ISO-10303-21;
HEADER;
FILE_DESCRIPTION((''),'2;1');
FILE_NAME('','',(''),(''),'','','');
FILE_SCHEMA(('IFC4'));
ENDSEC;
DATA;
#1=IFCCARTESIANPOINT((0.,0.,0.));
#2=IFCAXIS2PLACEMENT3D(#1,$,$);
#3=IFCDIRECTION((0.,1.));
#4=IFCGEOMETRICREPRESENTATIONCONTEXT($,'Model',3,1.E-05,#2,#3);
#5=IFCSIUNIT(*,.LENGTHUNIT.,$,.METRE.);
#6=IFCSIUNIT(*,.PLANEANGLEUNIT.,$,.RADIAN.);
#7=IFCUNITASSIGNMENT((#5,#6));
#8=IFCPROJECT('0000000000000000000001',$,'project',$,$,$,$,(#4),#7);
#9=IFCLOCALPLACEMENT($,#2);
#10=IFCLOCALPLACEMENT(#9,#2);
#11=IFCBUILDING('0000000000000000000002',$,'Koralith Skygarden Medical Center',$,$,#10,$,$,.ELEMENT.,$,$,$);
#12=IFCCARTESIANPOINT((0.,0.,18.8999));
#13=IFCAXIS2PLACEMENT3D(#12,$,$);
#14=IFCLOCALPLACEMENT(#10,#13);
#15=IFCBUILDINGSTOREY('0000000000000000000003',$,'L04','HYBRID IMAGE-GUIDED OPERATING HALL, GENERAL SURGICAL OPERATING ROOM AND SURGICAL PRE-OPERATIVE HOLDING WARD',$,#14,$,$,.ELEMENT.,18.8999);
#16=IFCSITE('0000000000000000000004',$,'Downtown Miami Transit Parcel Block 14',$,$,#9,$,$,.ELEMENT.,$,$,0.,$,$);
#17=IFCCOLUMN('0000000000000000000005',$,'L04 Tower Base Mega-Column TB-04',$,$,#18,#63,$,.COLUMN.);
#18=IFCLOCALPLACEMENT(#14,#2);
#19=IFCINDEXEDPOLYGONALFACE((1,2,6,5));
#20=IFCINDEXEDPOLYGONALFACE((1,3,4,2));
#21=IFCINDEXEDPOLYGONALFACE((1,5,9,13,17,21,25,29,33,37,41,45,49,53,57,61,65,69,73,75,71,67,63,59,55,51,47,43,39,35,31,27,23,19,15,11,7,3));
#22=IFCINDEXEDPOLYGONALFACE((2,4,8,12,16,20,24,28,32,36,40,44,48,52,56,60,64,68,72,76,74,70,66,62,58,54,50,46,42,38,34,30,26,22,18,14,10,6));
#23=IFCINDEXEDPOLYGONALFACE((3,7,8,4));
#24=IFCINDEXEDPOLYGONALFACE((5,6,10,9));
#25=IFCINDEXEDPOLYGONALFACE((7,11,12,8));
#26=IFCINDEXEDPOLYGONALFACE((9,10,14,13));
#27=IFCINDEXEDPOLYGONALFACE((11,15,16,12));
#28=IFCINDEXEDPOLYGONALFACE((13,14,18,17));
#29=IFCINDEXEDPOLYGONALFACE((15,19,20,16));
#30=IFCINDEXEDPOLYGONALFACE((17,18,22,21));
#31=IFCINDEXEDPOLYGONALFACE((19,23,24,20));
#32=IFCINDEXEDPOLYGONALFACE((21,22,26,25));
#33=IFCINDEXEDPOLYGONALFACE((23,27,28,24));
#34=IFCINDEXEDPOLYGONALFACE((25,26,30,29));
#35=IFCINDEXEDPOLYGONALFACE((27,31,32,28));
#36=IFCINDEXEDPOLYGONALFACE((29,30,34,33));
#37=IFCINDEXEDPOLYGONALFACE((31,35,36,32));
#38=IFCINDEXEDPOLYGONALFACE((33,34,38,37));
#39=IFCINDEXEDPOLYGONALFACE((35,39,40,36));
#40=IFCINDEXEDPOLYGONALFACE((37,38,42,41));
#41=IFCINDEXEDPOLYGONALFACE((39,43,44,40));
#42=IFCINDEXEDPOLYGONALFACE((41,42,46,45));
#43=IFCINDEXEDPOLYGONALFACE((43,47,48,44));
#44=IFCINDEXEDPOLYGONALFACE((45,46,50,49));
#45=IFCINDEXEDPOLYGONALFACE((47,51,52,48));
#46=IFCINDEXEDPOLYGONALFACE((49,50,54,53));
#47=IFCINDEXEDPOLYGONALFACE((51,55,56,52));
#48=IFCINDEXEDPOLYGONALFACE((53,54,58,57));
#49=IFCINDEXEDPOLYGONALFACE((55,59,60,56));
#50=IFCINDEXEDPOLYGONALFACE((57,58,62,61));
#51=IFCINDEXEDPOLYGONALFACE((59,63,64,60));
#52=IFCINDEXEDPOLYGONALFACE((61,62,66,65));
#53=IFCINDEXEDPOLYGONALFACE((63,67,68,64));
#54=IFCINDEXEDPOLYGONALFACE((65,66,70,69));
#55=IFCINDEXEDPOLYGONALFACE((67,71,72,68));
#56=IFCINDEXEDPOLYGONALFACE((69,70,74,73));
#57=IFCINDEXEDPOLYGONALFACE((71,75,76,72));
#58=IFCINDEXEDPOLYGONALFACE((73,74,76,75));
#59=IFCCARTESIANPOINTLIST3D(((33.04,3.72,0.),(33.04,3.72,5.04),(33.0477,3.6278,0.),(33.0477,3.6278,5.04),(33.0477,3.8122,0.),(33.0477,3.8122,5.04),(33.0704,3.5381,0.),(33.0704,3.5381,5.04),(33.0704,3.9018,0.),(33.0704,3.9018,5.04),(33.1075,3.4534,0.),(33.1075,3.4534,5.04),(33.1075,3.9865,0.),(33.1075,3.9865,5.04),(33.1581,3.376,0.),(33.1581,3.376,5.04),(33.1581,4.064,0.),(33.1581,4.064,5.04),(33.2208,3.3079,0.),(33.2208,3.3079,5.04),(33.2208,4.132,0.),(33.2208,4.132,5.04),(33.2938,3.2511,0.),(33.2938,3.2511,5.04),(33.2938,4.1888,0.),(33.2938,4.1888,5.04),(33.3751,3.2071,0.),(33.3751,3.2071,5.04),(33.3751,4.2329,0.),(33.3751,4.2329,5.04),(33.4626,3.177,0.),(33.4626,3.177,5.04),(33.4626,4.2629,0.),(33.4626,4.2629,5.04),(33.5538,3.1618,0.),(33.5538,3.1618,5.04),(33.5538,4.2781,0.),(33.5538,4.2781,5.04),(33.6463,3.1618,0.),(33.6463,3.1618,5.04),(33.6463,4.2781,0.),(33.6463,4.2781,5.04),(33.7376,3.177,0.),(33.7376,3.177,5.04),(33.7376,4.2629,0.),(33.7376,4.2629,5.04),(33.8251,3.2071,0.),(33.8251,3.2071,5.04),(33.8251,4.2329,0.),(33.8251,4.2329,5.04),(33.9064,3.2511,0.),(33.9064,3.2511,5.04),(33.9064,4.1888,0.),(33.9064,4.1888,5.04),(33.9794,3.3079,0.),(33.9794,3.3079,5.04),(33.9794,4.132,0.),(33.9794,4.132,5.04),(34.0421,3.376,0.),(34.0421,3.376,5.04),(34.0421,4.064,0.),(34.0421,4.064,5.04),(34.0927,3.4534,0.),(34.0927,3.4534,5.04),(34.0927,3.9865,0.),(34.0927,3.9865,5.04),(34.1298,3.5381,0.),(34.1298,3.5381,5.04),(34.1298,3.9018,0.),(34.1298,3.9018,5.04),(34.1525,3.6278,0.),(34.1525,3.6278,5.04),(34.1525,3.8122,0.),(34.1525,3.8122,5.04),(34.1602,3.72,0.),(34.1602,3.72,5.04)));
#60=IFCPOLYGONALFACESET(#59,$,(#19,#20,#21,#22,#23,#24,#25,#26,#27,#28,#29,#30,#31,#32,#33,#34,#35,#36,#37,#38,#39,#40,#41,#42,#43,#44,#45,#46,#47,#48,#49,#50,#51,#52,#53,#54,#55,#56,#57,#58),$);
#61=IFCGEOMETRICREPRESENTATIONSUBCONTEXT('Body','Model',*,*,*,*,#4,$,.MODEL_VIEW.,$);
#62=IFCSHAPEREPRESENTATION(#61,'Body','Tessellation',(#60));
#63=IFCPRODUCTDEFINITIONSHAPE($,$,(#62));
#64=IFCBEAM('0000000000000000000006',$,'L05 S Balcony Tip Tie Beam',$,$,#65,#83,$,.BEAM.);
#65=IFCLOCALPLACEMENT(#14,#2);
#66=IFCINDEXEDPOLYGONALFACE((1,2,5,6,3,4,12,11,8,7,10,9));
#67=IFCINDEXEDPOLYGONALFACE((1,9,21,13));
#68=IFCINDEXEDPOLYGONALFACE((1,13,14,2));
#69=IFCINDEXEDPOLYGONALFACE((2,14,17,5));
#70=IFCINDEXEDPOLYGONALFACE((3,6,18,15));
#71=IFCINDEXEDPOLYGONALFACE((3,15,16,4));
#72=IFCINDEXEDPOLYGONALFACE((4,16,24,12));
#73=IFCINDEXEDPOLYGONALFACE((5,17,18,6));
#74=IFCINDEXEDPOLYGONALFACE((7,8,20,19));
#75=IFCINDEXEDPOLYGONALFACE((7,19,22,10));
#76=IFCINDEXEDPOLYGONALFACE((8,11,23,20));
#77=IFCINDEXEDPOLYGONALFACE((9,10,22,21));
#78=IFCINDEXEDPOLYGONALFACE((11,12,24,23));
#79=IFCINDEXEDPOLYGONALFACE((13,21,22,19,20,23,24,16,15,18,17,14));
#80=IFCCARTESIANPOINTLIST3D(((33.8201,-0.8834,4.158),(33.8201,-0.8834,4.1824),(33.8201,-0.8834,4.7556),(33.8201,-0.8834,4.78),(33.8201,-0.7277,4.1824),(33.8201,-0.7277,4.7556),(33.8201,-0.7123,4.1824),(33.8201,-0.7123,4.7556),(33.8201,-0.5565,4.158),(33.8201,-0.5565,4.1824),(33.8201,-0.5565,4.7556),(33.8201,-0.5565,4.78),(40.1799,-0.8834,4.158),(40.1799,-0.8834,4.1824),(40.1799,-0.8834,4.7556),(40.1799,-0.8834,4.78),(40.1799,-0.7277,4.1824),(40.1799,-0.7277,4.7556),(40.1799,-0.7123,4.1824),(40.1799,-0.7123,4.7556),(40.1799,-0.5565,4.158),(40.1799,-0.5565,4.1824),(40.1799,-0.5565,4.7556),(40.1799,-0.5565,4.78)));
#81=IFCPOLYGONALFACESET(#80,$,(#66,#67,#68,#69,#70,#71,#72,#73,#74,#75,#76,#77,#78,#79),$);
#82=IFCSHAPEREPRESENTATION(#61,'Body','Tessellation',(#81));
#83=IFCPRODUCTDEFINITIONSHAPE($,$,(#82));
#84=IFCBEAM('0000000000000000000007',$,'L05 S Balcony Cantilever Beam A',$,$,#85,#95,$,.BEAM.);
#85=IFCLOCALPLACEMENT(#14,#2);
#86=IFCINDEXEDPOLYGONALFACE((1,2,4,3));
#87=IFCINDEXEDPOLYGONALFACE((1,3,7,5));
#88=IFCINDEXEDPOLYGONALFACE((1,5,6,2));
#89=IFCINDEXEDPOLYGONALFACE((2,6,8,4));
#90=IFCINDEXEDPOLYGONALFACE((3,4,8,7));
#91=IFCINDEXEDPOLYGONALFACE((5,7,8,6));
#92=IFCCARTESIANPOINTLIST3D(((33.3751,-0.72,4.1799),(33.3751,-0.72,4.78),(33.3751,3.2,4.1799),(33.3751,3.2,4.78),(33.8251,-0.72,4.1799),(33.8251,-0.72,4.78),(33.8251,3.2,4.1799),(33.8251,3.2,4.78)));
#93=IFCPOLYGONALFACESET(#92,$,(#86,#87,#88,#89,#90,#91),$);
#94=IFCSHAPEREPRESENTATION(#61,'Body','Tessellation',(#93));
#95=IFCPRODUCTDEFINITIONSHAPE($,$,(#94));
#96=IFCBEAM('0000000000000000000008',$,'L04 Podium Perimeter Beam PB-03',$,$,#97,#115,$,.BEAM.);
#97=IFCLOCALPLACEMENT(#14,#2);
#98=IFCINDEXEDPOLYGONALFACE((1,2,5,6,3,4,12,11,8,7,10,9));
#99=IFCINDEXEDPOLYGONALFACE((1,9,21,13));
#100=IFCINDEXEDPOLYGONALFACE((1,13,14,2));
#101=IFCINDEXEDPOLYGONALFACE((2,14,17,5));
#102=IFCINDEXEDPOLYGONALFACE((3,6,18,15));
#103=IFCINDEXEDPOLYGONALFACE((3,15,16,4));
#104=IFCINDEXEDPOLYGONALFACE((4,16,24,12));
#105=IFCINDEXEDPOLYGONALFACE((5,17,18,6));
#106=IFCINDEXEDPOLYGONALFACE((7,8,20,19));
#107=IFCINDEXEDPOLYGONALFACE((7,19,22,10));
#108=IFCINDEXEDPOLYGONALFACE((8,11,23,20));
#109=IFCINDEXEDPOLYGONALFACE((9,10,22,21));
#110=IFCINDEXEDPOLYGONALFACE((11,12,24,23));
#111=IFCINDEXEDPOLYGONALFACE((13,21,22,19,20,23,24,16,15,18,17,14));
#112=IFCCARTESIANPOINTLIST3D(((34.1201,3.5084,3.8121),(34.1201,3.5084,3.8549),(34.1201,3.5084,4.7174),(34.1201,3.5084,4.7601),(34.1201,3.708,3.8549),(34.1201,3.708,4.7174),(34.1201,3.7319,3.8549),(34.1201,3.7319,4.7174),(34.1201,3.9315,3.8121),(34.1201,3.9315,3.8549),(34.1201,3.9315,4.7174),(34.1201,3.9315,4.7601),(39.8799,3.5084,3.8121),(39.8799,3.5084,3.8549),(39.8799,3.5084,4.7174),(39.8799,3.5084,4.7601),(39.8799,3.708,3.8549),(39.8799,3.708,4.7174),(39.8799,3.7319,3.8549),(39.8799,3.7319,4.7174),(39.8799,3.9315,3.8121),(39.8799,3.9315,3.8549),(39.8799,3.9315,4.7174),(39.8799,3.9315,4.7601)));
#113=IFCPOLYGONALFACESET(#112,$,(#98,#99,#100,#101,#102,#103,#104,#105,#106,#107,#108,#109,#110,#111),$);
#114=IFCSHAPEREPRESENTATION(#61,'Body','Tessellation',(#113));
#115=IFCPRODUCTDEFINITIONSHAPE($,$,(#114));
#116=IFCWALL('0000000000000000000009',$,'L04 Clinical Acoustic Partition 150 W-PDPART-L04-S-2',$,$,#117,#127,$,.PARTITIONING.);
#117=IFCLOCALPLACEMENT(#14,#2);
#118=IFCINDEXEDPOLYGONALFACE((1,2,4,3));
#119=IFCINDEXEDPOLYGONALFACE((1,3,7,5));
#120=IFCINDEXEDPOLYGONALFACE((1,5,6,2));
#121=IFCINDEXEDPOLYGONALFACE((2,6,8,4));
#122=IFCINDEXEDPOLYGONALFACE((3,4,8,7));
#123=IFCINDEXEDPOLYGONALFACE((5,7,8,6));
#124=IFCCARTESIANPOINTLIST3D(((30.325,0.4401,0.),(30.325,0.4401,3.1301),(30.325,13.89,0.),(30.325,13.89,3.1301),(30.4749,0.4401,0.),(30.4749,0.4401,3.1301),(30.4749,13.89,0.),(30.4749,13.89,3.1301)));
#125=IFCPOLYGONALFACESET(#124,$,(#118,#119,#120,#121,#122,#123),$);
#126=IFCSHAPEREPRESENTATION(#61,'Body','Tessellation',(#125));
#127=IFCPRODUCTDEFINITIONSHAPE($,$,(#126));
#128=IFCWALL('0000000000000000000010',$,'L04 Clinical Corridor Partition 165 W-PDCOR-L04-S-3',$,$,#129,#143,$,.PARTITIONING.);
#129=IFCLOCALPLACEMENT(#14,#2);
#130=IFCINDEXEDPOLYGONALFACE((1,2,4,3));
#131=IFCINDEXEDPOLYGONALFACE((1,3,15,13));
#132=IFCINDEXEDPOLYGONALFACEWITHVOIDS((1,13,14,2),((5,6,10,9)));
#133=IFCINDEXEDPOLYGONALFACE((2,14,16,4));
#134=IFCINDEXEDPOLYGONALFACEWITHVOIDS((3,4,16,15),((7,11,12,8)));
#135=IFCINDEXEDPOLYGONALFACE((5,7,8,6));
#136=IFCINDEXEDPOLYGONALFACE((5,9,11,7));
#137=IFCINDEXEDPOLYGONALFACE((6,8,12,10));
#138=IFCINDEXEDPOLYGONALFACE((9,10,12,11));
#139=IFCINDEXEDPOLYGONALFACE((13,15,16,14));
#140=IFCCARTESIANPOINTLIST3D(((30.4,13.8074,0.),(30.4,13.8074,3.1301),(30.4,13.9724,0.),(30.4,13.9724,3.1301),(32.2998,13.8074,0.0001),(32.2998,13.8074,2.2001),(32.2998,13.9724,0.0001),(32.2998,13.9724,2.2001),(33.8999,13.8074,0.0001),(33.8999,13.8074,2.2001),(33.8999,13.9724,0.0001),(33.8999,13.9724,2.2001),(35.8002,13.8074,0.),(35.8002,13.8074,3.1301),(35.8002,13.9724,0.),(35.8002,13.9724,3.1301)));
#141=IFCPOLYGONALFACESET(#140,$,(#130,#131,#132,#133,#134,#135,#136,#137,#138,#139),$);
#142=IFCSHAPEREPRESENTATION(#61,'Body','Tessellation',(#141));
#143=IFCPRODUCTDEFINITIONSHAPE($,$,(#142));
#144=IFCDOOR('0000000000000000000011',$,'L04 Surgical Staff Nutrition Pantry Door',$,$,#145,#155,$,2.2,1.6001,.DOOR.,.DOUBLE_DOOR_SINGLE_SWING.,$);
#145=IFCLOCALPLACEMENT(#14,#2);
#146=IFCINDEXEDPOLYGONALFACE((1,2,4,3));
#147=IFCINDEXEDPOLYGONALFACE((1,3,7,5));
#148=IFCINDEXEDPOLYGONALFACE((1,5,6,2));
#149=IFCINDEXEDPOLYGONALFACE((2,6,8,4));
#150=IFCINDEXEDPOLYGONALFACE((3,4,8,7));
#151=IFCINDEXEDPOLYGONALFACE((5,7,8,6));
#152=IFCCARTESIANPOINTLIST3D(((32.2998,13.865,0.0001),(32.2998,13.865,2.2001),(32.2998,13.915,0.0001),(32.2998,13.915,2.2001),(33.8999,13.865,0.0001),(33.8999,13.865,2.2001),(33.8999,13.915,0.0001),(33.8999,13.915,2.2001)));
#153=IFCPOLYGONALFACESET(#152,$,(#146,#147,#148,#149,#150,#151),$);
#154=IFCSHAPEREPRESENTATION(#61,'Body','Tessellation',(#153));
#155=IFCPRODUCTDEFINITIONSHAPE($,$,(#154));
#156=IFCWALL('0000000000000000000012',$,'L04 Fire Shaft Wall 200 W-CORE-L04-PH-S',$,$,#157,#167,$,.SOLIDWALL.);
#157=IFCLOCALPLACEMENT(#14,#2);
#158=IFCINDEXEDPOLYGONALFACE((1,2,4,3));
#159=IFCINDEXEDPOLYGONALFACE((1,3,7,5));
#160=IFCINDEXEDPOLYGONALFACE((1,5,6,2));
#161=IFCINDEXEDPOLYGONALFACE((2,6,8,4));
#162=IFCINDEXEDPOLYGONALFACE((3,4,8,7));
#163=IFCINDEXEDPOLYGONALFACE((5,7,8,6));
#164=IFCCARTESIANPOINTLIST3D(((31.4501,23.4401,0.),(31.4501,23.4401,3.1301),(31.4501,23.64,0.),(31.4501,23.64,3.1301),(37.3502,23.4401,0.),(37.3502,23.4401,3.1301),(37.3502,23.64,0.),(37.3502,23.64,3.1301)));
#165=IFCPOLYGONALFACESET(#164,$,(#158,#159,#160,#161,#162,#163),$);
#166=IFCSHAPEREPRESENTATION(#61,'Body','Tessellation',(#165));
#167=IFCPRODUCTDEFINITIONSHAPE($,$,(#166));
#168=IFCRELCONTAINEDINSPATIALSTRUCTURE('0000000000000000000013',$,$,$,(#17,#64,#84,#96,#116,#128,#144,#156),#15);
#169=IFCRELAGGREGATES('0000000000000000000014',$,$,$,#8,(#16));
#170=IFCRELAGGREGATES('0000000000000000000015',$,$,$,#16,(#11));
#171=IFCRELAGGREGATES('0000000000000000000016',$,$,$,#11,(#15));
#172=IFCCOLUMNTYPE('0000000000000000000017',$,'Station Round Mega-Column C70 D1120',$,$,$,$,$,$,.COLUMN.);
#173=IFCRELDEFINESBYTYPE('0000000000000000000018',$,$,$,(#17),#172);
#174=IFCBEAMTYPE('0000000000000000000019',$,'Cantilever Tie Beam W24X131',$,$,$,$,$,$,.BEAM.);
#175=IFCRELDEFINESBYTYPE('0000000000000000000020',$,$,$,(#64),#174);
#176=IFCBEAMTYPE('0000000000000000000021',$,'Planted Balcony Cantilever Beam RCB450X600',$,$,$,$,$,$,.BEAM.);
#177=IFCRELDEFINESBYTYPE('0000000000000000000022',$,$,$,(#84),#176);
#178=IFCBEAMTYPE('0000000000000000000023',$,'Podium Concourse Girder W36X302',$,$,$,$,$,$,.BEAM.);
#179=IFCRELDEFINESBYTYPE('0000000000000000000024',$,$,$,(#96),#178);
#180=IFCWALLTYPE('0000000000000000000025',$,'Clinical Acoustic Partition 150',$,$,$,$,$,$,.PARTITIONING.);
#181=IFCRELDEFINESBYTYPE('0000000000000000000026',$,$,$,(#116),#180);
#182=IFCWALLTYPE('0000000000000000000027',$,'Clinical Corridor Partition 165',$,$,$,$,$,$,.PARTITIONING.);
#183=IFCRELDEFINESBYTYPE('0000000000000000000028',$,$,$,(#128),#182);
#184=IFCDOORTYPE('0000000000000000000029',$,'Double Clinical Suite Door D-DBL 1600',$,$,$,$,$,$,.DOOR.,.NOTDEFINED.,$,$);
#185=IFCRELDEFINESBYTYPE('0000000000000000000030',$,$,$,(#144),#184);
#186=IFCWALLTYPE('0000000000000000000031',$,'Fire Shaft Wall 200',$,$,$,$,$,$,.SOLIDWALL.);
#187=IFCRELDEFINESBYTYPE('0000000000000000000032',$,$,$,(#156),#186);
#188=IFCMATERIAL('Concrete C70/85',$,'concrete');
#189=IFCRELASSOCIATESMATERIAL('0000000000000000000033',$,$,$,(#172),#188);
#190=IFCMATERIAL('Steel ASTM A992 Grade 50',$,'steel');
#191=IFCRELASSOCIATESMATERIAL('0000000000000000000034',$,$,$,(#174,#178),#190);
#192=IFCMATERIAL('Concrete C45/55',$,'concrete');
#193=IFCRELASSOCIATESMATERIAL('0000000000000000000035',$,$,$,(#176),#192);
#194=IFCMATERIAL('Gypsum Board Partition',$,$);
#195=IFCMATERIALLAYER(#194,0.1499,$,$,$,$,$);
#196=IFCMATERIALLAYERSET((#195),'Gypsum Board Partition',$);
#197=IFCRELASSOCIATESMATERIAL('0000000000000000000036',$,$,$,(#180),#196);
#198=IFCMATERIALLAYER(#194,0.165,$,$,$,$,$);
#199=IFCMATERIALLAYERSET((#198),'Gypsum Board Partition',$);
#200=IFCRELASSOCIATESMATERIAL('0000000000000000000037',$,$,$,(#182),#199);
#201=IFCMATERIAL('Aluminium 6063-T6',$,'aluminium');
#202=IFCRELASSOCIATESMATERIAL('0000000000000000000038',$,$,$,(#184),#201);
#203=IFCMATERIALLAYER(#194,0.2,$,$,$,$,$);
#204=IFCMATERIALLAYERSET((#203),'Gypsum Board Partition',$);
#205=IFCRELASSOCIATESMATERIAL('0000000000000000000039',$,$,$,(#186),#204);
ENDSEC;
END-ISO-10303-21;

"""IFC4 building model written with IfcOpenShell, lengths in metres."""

from ifc_helpers import new_model, si_unit, direction, frame, frame_2d, origin, origin_2d, place, context, subcontext, project, spatial, rectangle, circle, i_section, extrude, material, layer, layer_set, material_profile, profile_set, type_object, element, fill, save


model = new_model("IFC4")

# Units and contexts
model_context = context("Model", 3, precision=1e-05, world=origin(), true_north=direction((0.0, 1.0)))
body_context = subcontext(model_context, "Body", "Model", "MODEL_VIEW")
ifc_project = project(units=[si_unit("LENGTHUNIT", "METRE"), si_unit("PLANEANGLEUNIT", "RADIAN")], contexts=[model_context])

# Site, building, storey
site_placement = place(None, origin())
site = spatial("IfcSite", under=ifc_project, at=site_placement, Name="Downtown Miami Transit Parcel Block 14", CompositionType="ELEMENT", RefElevation=0.0)
building_placement = place(site_placement, origin())
building = spatial("IfcBuilding", under=site, at=building_placement, Name="Koralith Skygarden Medical Center", CompositionType="ELEMENT")
storey_placement = place(building_placement, frame((0.0, 0.0, 18.8999)))
storey = spatial("IfcBuildingStorey", under=building, at=storey_placement, Name="L04", Description="HYBRID IMAGE-GUIDED OPERATING HALL, GENERAL SURGICAL OPERATING ROOM AND SURGICAL PRE-OPERATIVE HOLDING WARD", CompositionType="ELEMENT", Elevation=18.8999)

# Column
ifc_material_1 = material(Name="Concrete C70/85", Category="concrete")
ifc_material_profile_1 = material_profile(ifc_material_1, circle(Radius=0.5601, at=origin_2d()), Name="RCCOL1120")
ifc_profile_set_1 = profile_set([ifc_material_profile_1], Name="Concrete C70/85")
column_type = type_object("IfcColumnType", Name="Station Round Mega-Column C70 D1120", PredefinedType="COLUMN", material=ifc_profile_set_1)
column_placement = place(storey_placement, frame((33.6001, 3.72, 0.0), z_axis=(0.0, 0.0, 1.0), x_axis=(1.0, 0.0, 0.0)))
element("IfcColumn", 1, at=column_placement, inside=storey, type_object=column_type, Name="L04 Tower Base Mega-Column TB-04", PredefinedType="COLUMN", context=body_context, shape_type="SweptSolid", body=[
    extrude(circle(Radius=0.5601, at=origin_2d()), origin(), (0.0, 0.0, 1.0), 5.04),
])

# Beams
ifc_material_2 = material(Name="Steel ASTM A992 Grade 50", Category="steel")
ifc_material_profile_2 = material_profile(ifc_material_2, i_section(OverallWidth=0.3269, OverallDepth=0.6221, WebThickness=0.0154, FlangeThickness=0.0244, at=origin_2d()), Name="W24X131")
ifc_profile_set_2 = profile_set([ifc_material_profile_2], Name="Steel ASTM A992 Grade 50")
beam_type_1 = type_object("IfcBeamType", Name="Cantilever Tie Beam W24X131", PredefinedType="BEAM", material=ifc_profile_set_2)
beam_1_placement = place(storey_placement, frame((33.8201, -0.72, 4.469), z_axis=(1.0, 0.0, 0.0), x_axis=(0.0, 1.0, 0.0)))
element("IfcBeam", 2, at=beam_1_placement, inside=storey, type_object=beam_type_1, Name="L05 S Balcony Tip Tie Beam", PredefinedType="BEAM", context=body_context, shape_type="SweptSolid", body=[
    extrude(i_section(OverallWidth=0.3269, OverallDepth=0.6221, WebThickness=0.0154, FlangeThickness=0.0244, at=origin_2d()), origin(), (0.0, 0.0, 1.0), 6.3599),
])
ifc_material_3 = material(Name="Concrete C45/55", Category="concrete")
ifc_material_profile_3 = material_profile(ifc_material_3, rectangle(XDim=0.45, YDim=0.6001, at=origin_2d()), Name="RCB450X600")
ifc_profile_set_3 = profile_set([ifc_material_profile_3], Name="Concrete C45/55")
beam_type_2 = type_object("IfcBeamType", Name="Planted Balcony Cantilever Beam RCB450X600", PredefinedType="BEAM", material=ifc_profile_set_3)
beam_2_placement = place(storey_placement, frame((33.6001, 3.2, 4.48), z_axis=(0.0, -1.0, 0.0), x_axis=(1.0, 0.0, 0.0)))
element("IfcBeam", 3, at=beam_2_placement, inside=storey, type_object=beam_type_2, Name="L05 S Balcony Cantilever Beam A", PredefinedType="BEAM", context=body_context, shape_type="SweptSolid", body=[
    extrude(rectangle(XDim=0.45, YDim=0.6001, at=origin_2d()), origin(), (0.0, 0.0, 1.0), 3.9199),
])
ifc_material_profile_4 = material_profile(ifc_material_2, i_section(OverallWidth=0.4231, OverallDepth=0.948, WebThickness=0.0239, FlangeThickness=0.0427, at=origin_2d()), Name="W36X302")
ifc_profile_set_4 = profile_set([ifc_material_profile_4], Name="Steel ASTM A992 Grade 50")
beam_type_3 = type_object("IfcBeamType", Name="Podium Concourse Girder W36X302", PredefinedType="BEAM", material=ifc_profile_set_4)
beam_3_placement = place(storey_placement, frame((34.1201, 3.72, 4.2861), z_axis=(1.0, 0.0, 0.0), x_axis=(0.0, 1.0, 0.0)))
element("IfcBeam", 4, at=beam_3_placement, inside=storey, type_object=beam_type_3, Name="L04 Podium Perimeter Beam PB-03", PredefinedType="BEAM", context=body_context, shape_type="SweptSolid", body=[
    extrude(i_section(OverallWidth=0.4231, OverallDepth=0.948, WebThickness=0.0239, FlangeThickness=0.0427, at=origin_2d()), origin(), (0.0, 0.0, 1.0), 5.7598),
])

# Wall
ifc_material_4 = material(Name="Gypsum Board Partition")
ifc_layer_1 = layer(ifc_material_4, 0.1499)
ifc_layer_set_1 = layer_set([ifc_layer_1], Name="Gypsum Board Partition")
wall_type_1 = type_object("IfcWallType", Name="Clinical Acoustic Partition 150", PredefinedType="PARTITIONING", material=ifc_layer_set_1)
wall_1_placement = place(storey_placement, frame((30.3999, 0.4399, 0.0), z_axis=(0.0, 0.0, 1.0), x_axis=(0.0, 1.0, 0.0)))
element("IfcWall", 5, at=wall_1_placement, inside=storey, type_object=wall_type_1, Name="L04 Clinical Acoustic Partition 150 W-PDPART-L04-S-2", PredefinedType="PARTITIONING", context=body_context, shape_type="SweptSolid", body=[
    extrude(rectangle(XDim=13.45, YDim=0.1499, at=frame_2d((6.7251, 0.0))), origin(), (0.0, 0.0, 1.0), 3.1301),
])

# Wall, opening, door
ifc_layer_2 = layer(ifc_material_4, 0.165)
ifc_layer_set_2 = layer_set([ifc_layer_2], Name="Gypsum Board Partition")
wall_type_2 = type_object("IfcWallType", Name="Clinical Corridor Partition 165", PredefinedType="PARTITIONING", material=ifc_layer_set_2)
wall_2_placement = place(storey_placement, frame((30.3999, 13.8899, 0.0), z_axis=(0.0, 0.0, 1.0), x_axis=(1.0, 0.0, 0.0)))
wall_2 = element("IfcWall", 6, at=wall_2_placement, inside=storey, type_object=wall_type_2, Name="L04 Clinical Corridor Partition 165 W-PDCOR-L04-S-3", PredefinedType="PARTITIONING", context=body_context, shape_type="SweptSolid", body=[
    extrude(rectangle(XDim=5.4001, YDim=0.165, at=frame_2d((2.7002, 0.0))), origin(), (0.0, 0.0, 1.0), 3.1301),
])
opening_1_placement = place(wall_2_placement, frame((1.8999, 0.0, 0.0)))
opening_1 = element("IfcOpeningElement", 7, at=opening_1_placement, cuts=wall_2, PredefinedType="OPENING", context=body_context, shape_type="SweptSolid", body=[
    extrude(rectangle(XDim=1.6001, YDim=2.2, at=frame_2d((0.8, 1.1001))), frame((0.0, 0.0925, 0.0), z_axis=(0.0, -1.0, 0.0), x_axis=(1.0, 0.0, 0.0)), (0.0, 0.0, 1.0), 0.1851),
])
ifc_material_5 = material(Name="Aluminium 6063-T6", Category="aluminium")
door_type_1 = type_object("IfcDoorType", Name="Double Clinical Suite Door D-DBL 1600", OperationType="NOTDEFINED", PredefinedType="DOOR", material=ifc_material_5)
door_1_placement = place(opening_1_placement, frame((1.6001, 0.0, 0.0), z_axis=(0.0, 0.0, 1.0), x_axis=(-1.0, 0.0, 0.0)))
door_1 = element("IfcDoor", 8, at=door_1_placement, inside=storey, type_object=door_type_1, Name="L04 Surgical Staff Nutrition Pantry Door", OperationType="DOUBLE_DOOR_SINGLE_SWING", OverallHeight=2.2, OverallWidth=1.6001, PredefinedType="DOOR", context=body_context, shape_type="SweptSolid", body=[
    extrude(rectangle(XDim=1.6001, YDim=2.2, at=frame_2d((0.8, 1.1001))), frame((0.0, 0.0249, 0.0), z_axis=(0.0, -1.0, 0.0), x_axis=(1.0, 0.0, 0.0)), (0.0, 0.0, 1.0), 0.05),
])
fill(opening_1, door_1)
ifc_layer_3 = layer(ifc_material_4, 0.2)
ifc_layer_set_3 = layer_set([ifc_layer_3], Name="Gypsum Board Partition")
wall_type_3 = type_object("IfcWallType", Name="Fire Shaft Wall 200", PredefinedType="SOLIDWALL", material=ifc_layer_set_3)

# Wall
wall_3_placement = place(storey_placement, frame((31.45, 23.54, 0.0), z_axis=(0.0, 0.0, 1.0), x_axis=(1.0, 0.0, 0.0)))
element("IfcWall", 9, at=wall_3_placement, inside=storey, type_object=wall_type_3, Name="L04 Fire Shaft Wall 200 W-CORE-L04-PH-S", PredefinedType="SOLIDWALL", context=body_context, shape_type="SweptSolid", body=[
    extrude(rectangle(XDim=5.9001, YDim=0.2, at=frame_2d((2.9502, 0.0))), origin(), (0.0, 0.0, 1.0), 3.1301),
])

save(model, "model.ifc")
